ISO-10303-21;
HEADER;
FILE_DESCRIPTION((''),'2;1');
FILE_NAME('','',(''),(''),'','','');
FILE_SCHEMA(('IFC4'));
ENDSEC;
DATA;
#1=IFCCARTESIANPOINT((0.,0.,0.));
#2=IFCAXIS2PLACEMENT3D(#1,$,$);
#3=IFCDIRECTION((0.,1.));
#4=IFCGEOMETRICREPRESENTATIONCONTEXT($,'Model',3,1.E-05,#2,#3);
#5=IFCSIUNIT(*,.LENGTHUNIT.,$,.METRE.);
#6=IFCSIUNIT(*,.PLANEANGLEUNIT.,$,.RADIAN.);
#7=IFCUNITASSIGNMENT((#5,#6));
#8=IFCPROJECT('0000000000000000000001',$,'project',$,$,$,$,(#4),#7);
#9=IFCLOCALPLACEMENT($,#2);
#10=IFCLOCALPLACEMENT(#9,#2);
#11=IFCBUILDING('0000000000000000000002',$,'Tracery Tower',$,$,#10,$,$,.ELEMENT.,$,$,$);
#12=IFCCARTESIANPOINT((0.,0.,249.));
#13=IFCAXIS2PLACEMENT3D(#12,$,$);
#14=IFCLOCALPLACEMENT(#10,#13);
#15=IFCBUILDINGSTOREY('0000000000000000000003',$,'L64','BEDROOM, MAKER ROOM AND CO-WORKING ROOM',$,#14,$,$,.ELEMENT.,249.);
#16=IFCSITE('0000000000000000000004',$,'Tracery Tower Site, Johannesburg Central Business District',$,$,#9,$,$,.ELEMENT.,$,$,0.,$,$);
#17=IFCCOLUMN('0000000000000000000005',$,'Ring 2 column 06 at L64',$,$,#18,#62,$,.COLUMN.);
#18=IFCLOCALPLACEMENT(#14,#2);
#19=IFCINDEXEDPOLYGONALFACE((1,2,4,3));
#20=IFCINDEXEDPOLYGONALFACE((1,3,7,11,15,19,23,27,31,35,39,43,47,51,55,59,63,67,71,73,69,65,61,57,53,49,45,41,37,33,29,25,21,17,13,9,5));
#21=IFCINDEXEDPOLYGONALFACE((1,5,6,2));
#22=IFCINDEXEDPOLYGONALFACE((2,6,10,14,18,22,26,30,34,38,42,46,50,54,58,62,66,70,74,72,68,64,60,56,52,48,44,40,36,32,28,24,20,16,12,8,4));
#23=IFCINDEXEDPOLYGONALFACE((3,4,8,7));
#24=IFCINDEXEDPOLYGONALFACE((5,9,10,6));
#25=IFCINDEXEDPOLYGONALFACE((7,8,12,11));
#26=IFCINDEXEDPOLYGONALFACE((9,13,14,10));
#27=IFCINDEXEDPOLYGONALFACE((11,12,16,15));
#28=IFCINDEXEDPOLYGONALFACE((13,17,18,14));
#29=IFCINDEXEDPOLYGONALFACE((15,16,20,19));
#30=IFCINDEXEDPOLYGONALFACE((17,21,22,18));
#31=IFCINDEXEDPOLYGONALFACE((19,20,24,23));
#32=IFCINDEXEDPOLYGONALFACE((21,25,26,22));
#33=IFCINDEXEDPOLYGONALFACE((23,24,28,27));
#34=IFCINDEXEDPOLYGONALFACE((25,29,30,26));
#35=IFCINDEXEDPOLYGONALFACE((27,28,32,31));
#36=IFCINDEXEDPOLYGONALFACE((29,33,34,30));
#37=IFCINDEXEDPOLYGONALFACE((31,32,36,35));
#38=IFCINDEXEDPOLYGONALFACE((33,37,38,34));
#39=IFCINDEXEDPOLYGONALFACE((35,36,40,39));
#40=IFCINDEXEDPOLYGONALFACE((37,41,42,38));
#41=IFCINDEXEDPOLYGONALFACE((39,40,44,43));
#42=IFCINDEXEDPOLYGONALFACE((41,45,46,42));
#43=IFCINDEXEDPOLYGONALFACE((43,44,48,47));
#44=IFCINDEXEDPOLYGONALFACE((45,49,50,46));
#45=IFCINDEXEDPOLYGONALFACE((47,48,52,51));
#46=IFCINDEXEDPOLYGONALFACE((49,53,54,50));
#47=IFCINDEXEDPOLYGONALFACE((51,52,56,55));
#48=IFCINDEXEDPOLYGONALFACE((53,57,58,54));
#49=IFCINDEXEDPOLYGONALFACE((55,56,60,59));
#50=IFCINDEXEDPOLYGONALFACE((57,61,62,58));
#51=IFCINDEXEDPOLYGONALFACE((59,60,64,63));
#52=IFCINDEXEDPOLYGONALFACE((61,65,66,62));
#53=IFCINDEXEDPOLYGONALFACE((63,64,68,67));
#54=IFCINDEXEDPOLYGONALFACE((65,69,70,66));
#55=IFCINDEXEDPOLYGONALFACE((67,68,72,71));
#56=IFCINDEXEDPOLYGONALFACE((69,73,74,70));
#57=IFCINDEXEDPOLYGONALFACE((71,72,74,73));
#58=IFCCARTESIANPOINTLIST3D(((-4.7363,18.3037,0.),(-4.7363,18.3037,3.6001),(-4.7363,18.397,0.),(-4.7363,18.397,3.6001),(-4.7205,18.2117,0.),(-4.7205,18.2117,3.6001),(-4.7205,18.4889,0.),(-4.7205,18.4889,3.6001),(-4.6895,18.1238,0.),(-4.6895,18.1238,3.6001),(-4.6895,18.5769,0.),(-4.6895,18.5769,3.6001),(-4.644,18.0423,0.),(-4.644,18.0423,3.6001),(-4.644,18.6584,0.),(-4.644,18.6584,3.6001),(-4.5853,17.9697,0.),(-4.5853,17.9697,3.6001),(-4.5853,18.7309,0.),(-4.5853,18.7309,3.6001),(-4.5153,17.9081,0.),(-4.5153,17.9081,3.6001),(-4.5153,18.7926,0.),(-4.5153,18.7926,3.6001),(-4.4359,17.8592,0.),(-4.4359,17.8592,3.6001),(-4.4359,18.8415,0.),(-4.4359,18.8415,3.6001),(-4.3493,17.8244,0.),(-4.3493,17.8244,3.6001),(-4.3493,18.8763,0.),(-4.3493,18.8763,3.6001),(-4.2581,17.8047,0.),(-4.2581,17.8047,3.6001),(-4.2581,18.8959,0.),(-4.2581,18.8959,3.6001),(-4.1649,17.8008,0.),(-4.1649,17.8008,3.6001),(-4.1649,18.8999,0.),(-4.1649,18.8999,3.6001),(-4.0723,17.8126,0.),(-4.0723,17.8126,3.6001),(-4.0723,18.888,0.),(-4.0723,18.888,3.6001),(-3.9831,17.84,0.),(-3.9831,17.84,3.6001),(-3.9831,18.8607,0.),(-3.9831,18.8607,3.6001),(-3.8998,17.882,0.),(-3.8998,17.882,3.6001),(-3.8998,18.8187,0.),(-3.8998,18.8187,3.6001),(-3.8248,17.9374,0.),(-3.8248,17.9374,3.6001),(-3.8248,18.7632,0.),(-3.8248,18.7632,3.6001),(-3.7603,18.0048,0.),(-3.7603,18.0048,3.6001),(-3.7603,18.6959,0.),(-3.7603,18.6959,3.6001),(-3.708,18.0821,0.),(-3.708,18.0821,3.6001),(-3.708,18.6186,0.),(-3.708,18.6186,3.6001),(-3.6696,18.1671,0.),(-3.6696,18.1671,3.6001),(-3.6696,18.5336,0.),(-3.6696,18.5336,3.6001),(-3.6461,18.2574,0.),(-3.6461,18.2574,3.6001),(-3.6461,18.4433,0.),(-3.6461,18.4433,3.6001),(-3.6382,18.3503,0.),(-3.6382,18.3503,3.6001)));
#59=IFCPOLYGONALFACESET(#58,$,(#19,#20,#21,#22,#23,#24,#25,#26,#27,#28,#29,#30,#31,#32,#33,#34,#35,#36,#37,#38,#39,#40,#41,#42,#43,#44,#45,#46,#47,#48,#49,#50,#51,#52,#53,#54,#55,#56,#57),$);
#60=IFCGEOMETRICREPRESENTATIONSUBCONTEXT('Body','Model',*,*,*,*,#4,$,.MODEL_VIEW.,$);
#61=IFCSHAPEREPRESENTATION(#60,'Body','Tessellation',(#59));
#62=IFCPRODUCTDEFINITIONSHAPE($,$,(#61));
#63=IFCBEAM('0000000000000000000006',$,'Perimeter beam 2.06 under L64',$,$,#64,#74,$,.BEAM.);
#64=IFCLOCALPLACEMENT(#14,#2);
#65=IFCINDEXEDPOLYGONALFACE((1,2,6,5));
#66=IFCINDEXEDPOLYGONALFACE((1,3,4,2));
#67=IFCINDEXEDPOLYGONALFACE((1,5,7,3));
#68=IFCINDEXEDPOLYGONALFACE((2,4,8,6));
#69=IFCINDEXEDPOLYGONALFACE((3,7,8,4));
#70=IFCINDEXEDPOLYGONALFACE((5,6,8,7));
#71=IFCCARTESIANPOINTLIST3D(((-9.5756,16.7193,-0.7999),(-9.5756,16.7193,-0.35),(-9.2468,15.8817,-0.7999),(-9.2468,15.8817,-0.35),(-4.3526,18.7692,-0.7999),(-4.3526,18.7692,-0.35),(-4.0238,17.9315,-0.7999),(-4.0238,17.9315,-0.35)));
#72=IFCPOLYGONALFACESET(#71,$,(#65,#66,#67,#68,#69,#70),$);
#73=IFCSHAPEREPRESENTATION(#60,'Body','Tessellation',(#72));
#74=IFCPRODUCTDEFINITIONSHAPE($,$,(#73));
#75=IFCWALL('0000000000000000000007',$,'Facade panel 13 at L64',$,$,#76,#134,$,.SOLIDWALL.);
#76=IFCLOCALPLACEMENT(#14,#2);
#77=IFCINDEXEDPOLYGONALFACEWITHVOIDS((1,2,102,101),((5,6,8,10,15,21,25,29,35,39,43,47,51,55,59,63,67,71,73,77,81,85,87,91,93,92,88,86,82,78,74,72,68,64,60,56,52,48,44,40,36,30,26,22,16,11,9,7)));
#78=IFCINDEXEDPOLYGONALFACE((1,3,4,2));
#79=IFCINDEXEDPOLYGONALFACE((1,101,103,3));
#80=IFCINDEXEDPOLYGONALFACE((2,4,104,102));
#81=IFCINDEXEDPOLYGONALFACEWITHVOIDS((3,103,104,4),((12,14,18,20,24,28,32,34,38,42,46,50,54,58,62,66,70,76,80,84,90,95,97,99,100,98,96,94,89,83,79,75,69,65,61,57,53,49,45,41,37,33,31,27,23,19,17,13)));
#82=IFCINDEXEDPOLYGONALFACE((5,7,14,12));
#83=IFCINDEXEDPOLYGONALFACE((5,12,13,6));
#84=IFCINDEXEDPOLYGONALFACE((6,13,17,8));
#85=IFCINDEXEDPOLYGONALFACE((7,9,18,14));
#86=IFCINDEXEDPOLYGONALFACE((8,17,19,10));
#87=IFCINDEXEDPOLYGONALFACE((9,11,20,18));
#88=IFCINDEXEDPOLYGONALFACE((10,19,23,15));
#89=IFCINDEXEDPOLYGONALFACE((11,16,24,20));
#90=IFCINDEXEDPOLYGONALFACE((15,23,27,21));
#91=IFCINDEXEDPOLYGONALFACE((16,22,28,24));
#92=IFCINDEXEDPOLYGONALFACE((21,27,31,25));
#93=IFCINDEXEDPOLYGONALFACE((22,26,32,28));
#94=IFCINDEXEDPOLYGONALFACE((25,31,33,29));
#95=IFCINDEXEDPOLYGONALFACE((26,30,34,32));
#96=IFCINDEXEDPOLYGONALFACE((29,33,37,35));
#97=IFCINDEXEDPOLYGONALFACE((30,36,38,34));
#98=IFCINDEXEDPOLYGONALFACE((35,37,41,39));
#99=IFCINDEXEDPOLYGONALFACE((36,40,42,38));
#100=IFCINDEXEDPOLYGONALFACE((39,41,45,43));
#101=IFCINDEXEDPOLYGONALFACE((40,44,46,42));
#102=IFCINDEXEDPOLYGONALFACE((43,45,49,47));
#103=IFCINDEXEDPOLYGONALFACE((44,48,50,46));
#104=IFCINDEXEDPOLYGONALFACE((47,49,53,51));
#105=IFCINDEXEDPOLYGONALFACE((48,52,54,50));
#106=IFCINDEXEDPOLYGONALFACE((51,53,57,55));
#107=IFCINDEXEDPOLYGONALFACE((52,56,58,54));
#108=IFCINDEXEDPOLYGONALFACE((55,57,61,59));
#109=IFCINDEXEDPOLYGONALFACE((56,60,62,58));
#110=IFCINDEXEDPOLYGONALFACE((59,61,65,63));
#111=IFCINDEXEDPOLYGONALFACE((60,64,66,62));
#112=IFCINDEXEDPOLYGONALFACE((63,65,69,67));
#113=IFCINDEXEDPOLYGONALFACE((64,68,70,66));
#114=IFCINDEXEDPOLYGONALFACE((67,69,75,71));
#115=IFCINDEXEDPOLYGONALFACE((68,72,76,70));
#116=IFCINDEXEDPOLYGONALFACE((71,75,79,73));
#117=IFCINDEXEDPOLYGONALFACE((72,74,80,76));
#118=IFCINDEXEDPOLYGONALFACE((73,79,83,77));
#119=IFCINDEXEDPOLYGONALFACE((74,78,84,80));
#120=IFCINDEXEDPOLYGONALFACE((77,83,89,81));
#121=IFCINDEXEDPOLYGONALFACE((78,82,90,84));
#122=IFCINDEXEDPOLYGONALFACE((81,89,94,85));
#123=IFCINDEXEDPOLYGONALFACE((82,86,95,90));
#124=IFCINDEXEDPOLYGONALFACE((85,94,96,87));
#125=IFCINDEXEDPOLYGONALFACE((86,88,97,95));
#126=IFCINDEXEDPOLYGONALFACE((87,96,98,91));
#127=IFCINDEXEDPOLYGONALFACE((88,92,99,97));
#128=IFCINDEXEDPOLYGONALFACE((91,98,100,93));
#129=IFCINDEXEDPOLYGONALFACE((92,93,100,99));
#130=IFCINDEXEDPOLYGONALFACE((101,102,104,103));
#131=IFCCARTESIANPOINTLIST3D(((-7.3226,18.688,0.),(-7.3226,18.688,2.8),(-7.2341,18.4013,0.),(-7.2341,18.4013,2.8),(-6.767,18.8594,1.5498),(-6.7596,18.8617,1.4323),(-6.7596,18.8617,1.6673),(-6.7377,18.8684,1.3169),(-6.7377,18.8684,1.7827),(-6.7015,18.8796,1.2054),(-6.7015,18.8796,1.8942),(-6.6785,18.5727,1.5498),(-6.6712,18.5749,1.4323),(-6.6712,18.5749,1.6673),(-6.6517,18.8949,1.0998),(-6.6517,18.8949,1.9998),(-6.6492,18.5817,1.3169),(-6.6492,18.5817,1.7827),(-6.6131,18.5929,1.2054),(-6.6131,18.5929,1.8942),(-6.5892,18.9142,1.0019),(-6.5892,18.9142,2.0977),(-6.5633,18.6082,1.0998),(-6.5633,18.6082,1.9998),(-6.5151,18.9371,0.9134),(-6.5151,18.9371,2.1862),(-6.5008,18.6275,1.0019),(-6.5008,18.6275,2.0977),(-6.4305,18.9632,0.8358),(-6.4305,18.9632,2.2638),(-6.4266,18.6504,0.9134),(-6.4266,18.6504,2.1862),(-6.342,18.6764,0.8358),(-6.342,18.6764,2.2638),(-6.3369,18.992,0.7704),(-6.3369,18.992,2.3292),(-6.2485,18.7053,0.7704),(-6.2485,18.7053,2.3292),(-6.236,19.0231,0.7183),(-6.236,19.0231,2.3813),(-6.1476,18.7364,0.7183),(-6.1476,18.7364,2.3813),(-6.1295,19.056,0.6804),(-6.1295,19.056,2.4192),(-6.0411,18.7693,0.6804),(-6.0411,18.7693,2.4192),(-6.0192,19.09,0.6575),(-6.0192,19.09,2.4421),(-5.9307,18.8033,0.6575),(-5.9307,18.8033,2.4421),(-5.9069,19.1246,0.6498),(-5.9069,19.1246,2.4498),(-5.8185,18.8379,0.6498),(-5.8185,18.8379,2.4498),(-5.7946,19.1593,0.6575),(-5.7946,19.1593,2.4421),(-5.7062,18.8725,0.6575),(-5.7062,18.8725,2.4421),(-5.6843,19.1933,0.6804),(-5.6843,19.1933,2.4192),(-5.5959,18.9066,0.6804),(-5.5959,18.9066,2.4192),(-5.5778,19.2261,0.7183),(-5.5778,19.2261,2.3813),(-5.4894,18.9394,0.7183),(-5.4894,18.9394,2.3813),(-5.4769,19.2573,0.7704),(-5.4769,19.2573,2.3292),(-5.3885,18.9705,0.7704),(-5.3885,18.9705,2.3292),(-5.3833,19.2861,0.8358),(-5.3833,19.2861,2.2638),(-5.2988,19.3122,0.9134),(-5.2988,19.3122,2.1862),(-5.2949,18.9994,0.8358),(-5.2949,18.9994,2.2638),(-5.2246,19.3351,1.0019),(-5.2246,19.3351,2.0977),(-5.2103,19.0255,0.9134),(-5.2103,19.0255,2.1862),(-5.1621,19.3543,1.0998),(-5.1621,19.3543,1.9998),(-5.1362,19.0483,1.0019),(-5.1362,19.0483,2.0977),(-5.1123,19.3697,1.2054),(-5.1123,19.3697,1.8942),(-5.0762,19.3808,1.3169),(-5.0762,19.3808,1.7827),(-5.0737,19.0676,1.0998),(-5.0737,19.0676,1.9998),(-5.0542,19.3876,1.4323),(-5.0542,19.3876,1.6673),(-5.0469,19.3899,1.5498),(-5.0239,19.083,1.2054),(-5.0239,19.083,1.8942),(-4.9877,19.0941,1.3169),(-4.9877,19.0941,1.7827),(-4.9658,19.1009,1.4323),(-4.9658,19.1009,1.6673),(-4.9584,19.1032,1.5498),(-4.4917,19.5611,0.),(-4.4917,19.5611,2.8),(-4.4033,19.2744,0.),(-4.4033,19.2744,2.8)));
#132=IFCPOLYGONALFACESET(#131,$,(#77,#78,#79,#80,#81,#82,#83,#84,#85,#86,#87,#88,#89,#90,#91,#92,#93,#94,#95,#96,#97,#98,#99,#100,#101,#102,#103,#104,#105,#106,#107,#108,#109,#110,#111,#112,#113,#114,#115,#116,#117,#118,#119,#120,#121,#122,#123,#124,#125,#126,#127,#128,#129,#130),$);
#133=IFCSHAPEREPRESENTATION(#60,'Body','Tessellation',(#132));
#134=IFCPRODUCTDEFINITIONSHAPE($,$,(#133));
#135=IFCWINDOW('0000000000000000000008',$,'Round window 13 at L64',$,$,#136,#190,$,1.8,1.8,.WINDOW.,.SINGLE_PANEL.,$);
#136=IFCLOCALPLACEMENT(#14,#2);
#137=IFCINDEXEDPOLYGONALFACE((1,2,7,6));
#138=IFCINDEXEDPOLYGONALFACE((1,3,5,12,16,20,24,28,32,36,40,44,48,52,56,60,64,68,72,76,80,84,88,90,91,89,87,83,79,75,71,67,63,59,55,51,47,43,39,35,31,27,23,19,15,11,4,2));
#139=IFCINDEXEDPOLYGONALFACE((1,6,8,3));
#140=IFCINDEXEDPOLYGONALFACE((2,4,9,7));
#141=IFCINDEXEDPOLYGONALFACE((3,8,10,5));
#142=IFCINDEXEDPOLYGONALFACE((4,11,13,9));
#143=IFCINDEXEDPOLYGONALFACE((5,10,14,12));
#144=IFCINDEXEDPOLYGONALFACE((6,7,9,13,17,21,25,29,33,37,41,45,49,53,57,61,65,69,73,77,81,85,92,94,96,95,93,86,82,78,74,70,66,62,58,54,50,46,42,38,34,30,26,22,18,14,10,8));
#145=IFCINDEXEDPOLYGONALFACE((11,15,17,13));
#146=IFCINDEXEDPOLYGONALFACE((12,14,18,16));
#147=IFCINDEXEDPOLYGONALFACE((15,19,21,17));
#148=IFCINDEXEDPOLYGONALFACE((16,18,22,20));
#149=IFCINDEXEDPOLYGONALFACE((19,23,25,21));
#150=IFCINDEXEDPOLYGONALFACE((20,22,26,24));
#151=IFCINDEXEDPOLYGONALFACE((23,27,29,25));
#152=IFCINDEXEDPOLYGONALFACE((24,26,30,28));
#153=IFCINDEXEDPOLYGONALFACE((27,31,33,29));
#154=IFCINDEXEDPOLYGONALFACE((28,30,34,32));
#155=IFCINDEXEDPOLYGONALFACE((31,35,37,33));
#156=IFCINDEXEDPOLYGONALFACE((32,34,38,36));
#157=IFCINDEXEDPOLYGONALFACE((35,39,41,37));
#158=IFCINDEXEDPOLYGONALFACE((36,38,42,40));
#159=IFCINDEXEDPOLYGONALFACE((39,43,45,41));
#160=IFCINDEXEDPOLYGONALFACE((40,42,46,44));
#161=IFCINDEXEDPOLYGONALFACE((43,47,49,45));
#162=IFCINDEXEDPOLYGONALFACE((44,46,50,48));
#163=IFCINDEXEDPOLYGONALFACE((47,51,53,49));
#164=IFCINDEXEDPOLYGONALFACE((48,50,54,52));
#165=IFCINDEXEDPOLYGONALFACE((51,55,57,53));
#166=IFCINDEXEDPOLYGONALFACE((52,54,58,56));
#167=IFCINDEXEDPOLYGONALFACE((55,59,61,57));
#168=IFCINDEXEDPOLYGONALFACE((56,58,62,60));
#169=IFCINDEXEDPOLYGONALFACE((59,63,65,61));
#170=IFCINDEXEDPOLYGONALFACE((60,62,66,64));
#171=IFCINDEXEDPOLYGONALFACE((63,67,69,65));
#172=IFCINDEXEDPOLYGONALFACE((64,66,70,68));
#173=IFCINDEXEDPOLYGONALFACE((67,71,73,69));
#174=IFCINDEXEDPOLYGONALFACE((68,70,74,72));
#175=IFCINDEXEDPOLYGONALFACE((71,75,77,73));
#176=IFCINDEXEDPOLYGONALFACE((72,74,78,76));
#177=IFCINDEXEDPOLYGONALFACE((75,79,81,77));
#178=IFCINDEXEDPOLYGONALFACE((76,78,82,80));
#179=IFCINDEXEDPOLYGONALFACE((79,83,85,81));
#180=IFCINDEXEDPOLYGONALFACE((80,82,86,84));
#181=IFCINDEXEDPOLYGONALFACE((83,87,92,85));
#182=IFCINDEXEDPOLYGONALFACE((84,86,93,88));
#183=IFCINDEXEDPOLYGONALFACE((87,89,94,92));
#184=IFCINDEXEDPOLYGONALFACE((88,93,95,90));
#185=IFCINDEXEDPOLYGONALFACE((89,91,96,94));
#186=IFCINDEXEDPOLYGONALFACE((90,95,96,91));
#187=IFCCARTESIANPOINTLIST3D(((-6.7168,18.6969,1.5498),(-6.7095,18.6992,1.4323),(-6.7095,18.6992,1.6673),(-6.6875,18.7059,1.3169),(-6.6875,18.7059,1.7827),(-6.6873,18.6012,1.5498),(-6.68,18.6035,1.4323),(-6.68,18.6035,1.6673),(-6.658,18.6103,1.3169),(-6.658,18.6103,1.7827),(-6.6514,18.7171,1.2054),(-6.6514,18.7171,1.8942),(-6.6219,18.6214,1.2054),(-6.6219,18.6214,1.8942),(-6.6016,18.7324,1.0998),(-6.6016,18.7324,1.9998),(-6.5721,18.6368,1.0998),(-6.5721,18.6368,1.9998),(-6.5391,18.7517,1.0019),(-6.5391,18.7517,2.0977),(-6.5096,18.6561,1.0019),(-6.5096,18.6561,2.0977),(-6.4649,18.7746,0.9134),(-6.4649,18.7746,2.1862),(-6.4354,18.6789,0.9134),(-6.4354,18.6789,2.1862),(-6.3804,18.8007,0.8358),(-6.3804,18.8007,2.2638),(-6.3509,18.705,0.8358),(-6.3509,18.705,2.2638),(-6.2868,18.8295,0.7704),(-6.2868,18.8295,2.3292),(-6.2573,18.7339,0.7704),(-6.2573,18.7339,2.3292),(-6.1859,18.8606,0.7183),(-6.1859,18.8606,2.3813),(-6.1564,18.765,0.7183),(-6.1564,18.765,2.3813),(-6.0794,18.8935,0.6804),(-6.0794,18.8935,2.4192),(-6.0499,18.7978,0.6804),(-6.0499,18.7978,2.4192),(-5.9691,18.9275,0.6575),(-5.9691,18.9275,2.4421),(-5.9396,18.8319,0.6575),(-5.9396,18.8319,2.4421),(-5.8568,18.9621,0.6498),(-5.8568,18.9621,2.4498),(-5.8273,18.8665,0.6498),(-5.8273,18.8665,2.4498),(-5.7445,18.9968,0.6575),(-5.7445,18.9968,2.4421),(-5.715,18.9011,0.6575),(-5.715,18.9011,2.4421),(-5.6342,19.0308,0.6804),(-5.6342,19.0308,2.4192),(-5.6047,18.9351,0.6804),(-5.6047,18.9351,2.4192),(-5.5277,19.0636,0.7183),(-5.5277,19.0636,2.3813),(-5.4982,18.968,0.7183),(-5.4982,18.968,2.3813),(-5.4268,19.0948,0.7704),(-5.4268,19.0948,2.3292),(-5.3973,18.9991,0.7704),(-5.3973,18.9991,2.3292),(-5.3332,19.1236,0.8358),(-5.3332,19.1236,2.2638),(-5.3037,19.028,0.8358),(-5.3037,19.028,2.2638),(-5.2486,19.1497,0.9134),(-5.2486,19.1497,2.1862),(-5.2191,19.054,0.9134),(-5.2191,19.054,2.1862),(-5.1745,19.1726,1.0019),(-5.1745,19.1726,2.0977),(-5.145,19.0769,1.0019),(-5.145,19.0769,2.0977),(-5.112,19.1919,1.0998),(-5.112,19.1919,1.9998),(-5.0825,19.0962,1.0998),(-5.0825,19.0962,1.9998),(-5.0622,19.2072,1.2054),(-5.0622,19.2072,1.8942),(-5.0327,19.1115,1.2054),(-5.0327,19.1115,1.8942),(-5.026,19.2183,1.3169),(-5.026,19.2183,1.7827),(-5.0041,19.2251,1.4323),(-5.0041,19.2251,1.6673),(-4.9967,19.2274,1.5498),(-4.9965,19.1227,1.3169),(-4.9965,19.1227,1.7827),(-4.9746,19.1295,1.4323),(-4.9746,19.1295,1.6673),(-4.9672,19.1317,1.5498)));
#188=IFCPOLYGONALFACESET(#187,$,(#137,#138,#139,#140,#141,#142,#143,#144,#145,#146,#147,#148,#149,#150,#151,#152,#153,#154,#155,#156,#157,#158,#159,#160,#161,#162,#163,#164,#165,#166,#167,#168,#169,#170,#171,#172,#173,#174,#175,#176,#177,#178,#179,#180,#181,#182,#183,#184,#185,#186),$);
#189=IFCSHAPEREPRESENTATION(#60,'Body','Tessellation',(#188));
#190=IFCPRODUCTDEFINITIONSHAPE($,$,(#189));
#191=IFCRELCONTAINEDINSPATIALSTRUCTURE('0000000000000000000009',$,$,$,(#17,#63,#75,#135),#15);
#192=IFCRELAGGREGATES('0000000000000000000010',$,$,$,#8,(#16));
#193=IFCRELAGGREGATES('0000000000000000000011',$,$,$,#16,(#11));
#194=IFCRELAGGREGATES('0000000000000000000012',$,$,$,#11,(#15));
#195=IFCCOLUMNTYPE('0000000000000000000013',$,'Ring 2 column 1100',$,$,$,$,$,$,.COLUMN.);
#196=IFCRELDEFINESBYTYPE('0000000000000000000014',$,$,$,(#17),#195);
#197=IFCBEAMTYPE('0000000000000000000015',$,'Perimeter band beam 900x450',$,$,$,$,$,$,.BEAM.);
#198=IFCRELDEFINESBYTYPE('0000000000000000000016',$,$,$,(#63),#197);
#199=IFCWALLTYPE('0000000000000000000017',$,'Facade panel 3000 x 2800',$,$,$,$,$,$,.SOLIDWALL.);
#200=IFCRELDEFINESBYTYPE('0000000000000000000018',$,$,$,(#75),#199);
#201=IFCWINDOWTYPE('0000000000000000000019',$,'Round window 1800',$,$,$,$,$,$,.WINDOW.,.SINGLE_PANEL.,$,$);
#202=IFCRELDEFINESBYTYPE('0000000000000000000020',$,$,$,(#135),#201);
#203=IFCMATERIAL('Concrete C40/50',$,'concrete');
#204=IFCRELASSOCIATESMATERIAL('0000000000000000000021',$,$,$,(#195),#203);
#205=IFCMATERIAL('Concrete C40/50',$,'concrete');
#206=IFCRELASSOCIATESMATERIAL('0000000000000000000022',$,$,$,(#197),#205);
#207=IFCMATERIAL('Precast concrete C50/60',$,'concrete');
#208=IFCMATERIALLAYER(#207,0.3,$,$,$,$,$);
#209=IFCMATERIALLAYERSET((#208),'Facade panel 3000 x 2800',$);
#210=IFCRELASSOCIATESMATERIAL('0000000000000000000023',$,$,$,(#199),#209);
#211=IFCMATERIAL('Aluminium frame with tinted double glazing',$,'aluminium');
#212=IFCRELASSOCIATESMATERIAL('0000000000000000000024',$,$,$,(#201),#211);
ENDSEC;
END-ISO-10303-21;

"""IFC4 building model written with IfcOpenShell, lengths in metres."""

from ifc_helpers import new_model, si_unit, direction, frame, frame_2d, origin, origin_2d, place, context, subcontext, project, spatial, rectangle, circle, extrude, material, layer, layer_set, material_profile, profile_set, type_object, element, fill, save


model = new_model("IFC4")

# Units and contexts
model_context = context("Model", 3, precision=1e-05, world=origin(), true_north=direction((0.0, 1.0)))
body_context = subcontext(model_context, "Body", "Model", "MODEL_VIEW")
ifc_project = project(units=[si_unit("LENGTHUNIT", "METRE"), si_unit("PLANEANGLEUNIT", "RADIAN")], contexts=[model_context])

# Site, building, storey
site_placement = place(None, origin())
site = spatial("IfcSite", under=ifc_project, at=site_placement, Name="Tracery Tower Site, Johannesburg Central Business District", CompositionType="ELEMENT", RefElevation=0.0)
building_placement = place(site_placement, origin())
building = spatial("IfcBuilding", under=site, at=building_placement, Name="Tracery Tower", CompositionType="ELEMENT")
storey_placement = place(building_placement, frame((0.0, 0.0, 249.0)))
storey = spatial("IfcBuildingStorey", under=building, at=storey_placement, Name="L64", Description="BEDROOM, MAKER ROOM AND CO-WORKING ROOM", CompositionType="ELEMENT", Elevation=249.0)

# Column
ifc_material_1 = material(Name="Concrete C40/50", Category="concrete")
ifc_material_profile_1 = material_profile(ifc_material_1, circle(Radius=0.55, at=origin_2d()), Name="RC D1100")
ifc_profile_set_1 = profile_set([ifc_material_profile_1], Name="Concrete C40/50")
column_type = type_object("IfcColumnType", Name="Ring 2 column 1100", PredefinedType="COLUMN", material=ifc_profile_set_1)
column_placement = place(storey_placement, frame((-4.1882, 18.3503, 0.0), z_axis=(0.0, 0.0, 1.0), x_axis=(1.0, 0.0, 0.0)))
element("IfcColumn", 1, at=column_placement, inside=storey, type_object=column_type, Name="Ring 2 column 06 at L64", PredefinedType="COLUMN", context=body_context, shape_type="SweptSolid", body=[
    extrude(circle(Radius=0.55, at=origin_2d()), origin(), (0.0, 0.0, 1.0), 3.6001),
])

# Beam
ifc_material_2 = material(Name="Concrete C40/50", Category="concrete")
ifc_material_profile_2 = material_profile(ifc_material_2, rectangle(XDim=0.8999, YDim=0.45, at=origin_2d()), Name="RC 900x450")
ifc_profile_set_2 = profile_set([ifc_material_profile_2], Name="Concrete C40/50")
beam_type = type_object("IfcBeamType", Name="Perimeter band beam 900x450", PredefinedType="BEAM", material=ifc_profile_set_2)
beam_placement = place(storey_placement, frame((-4.1882, 18.3503, -0.575), z_axis=(-0.930876, -0.365336, 0.0), x_axis=(0.365336, -0.930876, 0.0)))
element("IfcBeam", 2, at=beam_placement, inside=storey, type_object=beam_type, Name="Perimeter beam 2.06 under L64", PredefinedType="BEAM", context=body_context, shape_type="SweptSolid", body=[
    extrude(rectangle(XDim=0.8999, YDim=0.45, at=origin_2d()), origin(), (0.0, 0.0, 1.0), 5.6108),
])

# Wall, opening, window
ifc_material_3 = material(Name="Precast concrete C50/60", Category="concrete")
ifc_layer_1 = layer(ifc_material_3, 0.3)
ifc_layer_set_1 = layer_set([ifc_layer_1], Name="Facade panel 3000 x 2800")
wall_type_1 = type_object("IfcWallType", Name="Facade panel 3000 x 2800", PredefinedType="SOLIDWALL", material=ifc_layer_set_1)
wall_1_placement = place(storey_placement, frame((-4.4475, 19.4177, 0.0), z_axis=(0.0, 0.0, 1.0), x_axis=(-0.955586, -0.294711, 0.0)))
wall_1 = element("IfcWall", 3, at=wall_1_placement, inside=storey, type_object=wall_type_1, Name="Facade panel 13 at L64", PredefinedType="SOLIDWALL", context=body_context, shape_type="SweptSolid", body=[
    extrude(rectangle(XDim=2.9624, YDim=0.3, at=frame_2d((1.4812, 0.0))), origin(), (0.0, 0.0, 1.0), 2.8),
])
opening_1_placement = place(wall_1_placement, frame((1.481, 0.0, 1.5498)))
opening_1 = element("IfcOpeningElement", 4, at=opening_1_placement, cuts=wall_1, PredefinedType="OPENING", context=body_context, shape_type="SweptSolid", body=[
    extrude(circle(Radius=0.9, at=origin_2d()), frame((0.0, 0.1599, 0.0), z_axis=(0.0, -1.0, 0.0), x_axis=(1.0, 0.0, 0.0)), (0.0, 0.0, 1.0), 0.3201),
])
ifc_material_4 = material(Name="Aluminium frame with tinted double glazing", Category="aluminium")
window_type = type_object("IfcWindowType", Name="Round window 1800", PartitioningType="SINGLE_PANEL", PredefinedType="WINDOW", material=ifc_material_4)
window_1_placement = place(opening_1_placement, origin())
window_1 = element("IfcWindow", 5, at=window_1_placement, inside=storey, type_object=window_type, Name="Round window 13 at L64", OverallHeight=1.8, OverallWidth=1.8, PartitioningType="SINGLE_PANEL", PredefinedType="WINDOW", context=body_context, shape_type="SweptSolid", body=[
    extrude(circle(Radius=0.9, at=origin_2d()), frame((0.0, 0.1201, 0.0), z_axis=(0.0, -1.0, 0.0), x_axis=(1.0, 0.0, 0.0)), (0.0, 0.0, 1.0), 0.1001),
])
fill(opening_1, window_1)

save(model, "model.ifc")
